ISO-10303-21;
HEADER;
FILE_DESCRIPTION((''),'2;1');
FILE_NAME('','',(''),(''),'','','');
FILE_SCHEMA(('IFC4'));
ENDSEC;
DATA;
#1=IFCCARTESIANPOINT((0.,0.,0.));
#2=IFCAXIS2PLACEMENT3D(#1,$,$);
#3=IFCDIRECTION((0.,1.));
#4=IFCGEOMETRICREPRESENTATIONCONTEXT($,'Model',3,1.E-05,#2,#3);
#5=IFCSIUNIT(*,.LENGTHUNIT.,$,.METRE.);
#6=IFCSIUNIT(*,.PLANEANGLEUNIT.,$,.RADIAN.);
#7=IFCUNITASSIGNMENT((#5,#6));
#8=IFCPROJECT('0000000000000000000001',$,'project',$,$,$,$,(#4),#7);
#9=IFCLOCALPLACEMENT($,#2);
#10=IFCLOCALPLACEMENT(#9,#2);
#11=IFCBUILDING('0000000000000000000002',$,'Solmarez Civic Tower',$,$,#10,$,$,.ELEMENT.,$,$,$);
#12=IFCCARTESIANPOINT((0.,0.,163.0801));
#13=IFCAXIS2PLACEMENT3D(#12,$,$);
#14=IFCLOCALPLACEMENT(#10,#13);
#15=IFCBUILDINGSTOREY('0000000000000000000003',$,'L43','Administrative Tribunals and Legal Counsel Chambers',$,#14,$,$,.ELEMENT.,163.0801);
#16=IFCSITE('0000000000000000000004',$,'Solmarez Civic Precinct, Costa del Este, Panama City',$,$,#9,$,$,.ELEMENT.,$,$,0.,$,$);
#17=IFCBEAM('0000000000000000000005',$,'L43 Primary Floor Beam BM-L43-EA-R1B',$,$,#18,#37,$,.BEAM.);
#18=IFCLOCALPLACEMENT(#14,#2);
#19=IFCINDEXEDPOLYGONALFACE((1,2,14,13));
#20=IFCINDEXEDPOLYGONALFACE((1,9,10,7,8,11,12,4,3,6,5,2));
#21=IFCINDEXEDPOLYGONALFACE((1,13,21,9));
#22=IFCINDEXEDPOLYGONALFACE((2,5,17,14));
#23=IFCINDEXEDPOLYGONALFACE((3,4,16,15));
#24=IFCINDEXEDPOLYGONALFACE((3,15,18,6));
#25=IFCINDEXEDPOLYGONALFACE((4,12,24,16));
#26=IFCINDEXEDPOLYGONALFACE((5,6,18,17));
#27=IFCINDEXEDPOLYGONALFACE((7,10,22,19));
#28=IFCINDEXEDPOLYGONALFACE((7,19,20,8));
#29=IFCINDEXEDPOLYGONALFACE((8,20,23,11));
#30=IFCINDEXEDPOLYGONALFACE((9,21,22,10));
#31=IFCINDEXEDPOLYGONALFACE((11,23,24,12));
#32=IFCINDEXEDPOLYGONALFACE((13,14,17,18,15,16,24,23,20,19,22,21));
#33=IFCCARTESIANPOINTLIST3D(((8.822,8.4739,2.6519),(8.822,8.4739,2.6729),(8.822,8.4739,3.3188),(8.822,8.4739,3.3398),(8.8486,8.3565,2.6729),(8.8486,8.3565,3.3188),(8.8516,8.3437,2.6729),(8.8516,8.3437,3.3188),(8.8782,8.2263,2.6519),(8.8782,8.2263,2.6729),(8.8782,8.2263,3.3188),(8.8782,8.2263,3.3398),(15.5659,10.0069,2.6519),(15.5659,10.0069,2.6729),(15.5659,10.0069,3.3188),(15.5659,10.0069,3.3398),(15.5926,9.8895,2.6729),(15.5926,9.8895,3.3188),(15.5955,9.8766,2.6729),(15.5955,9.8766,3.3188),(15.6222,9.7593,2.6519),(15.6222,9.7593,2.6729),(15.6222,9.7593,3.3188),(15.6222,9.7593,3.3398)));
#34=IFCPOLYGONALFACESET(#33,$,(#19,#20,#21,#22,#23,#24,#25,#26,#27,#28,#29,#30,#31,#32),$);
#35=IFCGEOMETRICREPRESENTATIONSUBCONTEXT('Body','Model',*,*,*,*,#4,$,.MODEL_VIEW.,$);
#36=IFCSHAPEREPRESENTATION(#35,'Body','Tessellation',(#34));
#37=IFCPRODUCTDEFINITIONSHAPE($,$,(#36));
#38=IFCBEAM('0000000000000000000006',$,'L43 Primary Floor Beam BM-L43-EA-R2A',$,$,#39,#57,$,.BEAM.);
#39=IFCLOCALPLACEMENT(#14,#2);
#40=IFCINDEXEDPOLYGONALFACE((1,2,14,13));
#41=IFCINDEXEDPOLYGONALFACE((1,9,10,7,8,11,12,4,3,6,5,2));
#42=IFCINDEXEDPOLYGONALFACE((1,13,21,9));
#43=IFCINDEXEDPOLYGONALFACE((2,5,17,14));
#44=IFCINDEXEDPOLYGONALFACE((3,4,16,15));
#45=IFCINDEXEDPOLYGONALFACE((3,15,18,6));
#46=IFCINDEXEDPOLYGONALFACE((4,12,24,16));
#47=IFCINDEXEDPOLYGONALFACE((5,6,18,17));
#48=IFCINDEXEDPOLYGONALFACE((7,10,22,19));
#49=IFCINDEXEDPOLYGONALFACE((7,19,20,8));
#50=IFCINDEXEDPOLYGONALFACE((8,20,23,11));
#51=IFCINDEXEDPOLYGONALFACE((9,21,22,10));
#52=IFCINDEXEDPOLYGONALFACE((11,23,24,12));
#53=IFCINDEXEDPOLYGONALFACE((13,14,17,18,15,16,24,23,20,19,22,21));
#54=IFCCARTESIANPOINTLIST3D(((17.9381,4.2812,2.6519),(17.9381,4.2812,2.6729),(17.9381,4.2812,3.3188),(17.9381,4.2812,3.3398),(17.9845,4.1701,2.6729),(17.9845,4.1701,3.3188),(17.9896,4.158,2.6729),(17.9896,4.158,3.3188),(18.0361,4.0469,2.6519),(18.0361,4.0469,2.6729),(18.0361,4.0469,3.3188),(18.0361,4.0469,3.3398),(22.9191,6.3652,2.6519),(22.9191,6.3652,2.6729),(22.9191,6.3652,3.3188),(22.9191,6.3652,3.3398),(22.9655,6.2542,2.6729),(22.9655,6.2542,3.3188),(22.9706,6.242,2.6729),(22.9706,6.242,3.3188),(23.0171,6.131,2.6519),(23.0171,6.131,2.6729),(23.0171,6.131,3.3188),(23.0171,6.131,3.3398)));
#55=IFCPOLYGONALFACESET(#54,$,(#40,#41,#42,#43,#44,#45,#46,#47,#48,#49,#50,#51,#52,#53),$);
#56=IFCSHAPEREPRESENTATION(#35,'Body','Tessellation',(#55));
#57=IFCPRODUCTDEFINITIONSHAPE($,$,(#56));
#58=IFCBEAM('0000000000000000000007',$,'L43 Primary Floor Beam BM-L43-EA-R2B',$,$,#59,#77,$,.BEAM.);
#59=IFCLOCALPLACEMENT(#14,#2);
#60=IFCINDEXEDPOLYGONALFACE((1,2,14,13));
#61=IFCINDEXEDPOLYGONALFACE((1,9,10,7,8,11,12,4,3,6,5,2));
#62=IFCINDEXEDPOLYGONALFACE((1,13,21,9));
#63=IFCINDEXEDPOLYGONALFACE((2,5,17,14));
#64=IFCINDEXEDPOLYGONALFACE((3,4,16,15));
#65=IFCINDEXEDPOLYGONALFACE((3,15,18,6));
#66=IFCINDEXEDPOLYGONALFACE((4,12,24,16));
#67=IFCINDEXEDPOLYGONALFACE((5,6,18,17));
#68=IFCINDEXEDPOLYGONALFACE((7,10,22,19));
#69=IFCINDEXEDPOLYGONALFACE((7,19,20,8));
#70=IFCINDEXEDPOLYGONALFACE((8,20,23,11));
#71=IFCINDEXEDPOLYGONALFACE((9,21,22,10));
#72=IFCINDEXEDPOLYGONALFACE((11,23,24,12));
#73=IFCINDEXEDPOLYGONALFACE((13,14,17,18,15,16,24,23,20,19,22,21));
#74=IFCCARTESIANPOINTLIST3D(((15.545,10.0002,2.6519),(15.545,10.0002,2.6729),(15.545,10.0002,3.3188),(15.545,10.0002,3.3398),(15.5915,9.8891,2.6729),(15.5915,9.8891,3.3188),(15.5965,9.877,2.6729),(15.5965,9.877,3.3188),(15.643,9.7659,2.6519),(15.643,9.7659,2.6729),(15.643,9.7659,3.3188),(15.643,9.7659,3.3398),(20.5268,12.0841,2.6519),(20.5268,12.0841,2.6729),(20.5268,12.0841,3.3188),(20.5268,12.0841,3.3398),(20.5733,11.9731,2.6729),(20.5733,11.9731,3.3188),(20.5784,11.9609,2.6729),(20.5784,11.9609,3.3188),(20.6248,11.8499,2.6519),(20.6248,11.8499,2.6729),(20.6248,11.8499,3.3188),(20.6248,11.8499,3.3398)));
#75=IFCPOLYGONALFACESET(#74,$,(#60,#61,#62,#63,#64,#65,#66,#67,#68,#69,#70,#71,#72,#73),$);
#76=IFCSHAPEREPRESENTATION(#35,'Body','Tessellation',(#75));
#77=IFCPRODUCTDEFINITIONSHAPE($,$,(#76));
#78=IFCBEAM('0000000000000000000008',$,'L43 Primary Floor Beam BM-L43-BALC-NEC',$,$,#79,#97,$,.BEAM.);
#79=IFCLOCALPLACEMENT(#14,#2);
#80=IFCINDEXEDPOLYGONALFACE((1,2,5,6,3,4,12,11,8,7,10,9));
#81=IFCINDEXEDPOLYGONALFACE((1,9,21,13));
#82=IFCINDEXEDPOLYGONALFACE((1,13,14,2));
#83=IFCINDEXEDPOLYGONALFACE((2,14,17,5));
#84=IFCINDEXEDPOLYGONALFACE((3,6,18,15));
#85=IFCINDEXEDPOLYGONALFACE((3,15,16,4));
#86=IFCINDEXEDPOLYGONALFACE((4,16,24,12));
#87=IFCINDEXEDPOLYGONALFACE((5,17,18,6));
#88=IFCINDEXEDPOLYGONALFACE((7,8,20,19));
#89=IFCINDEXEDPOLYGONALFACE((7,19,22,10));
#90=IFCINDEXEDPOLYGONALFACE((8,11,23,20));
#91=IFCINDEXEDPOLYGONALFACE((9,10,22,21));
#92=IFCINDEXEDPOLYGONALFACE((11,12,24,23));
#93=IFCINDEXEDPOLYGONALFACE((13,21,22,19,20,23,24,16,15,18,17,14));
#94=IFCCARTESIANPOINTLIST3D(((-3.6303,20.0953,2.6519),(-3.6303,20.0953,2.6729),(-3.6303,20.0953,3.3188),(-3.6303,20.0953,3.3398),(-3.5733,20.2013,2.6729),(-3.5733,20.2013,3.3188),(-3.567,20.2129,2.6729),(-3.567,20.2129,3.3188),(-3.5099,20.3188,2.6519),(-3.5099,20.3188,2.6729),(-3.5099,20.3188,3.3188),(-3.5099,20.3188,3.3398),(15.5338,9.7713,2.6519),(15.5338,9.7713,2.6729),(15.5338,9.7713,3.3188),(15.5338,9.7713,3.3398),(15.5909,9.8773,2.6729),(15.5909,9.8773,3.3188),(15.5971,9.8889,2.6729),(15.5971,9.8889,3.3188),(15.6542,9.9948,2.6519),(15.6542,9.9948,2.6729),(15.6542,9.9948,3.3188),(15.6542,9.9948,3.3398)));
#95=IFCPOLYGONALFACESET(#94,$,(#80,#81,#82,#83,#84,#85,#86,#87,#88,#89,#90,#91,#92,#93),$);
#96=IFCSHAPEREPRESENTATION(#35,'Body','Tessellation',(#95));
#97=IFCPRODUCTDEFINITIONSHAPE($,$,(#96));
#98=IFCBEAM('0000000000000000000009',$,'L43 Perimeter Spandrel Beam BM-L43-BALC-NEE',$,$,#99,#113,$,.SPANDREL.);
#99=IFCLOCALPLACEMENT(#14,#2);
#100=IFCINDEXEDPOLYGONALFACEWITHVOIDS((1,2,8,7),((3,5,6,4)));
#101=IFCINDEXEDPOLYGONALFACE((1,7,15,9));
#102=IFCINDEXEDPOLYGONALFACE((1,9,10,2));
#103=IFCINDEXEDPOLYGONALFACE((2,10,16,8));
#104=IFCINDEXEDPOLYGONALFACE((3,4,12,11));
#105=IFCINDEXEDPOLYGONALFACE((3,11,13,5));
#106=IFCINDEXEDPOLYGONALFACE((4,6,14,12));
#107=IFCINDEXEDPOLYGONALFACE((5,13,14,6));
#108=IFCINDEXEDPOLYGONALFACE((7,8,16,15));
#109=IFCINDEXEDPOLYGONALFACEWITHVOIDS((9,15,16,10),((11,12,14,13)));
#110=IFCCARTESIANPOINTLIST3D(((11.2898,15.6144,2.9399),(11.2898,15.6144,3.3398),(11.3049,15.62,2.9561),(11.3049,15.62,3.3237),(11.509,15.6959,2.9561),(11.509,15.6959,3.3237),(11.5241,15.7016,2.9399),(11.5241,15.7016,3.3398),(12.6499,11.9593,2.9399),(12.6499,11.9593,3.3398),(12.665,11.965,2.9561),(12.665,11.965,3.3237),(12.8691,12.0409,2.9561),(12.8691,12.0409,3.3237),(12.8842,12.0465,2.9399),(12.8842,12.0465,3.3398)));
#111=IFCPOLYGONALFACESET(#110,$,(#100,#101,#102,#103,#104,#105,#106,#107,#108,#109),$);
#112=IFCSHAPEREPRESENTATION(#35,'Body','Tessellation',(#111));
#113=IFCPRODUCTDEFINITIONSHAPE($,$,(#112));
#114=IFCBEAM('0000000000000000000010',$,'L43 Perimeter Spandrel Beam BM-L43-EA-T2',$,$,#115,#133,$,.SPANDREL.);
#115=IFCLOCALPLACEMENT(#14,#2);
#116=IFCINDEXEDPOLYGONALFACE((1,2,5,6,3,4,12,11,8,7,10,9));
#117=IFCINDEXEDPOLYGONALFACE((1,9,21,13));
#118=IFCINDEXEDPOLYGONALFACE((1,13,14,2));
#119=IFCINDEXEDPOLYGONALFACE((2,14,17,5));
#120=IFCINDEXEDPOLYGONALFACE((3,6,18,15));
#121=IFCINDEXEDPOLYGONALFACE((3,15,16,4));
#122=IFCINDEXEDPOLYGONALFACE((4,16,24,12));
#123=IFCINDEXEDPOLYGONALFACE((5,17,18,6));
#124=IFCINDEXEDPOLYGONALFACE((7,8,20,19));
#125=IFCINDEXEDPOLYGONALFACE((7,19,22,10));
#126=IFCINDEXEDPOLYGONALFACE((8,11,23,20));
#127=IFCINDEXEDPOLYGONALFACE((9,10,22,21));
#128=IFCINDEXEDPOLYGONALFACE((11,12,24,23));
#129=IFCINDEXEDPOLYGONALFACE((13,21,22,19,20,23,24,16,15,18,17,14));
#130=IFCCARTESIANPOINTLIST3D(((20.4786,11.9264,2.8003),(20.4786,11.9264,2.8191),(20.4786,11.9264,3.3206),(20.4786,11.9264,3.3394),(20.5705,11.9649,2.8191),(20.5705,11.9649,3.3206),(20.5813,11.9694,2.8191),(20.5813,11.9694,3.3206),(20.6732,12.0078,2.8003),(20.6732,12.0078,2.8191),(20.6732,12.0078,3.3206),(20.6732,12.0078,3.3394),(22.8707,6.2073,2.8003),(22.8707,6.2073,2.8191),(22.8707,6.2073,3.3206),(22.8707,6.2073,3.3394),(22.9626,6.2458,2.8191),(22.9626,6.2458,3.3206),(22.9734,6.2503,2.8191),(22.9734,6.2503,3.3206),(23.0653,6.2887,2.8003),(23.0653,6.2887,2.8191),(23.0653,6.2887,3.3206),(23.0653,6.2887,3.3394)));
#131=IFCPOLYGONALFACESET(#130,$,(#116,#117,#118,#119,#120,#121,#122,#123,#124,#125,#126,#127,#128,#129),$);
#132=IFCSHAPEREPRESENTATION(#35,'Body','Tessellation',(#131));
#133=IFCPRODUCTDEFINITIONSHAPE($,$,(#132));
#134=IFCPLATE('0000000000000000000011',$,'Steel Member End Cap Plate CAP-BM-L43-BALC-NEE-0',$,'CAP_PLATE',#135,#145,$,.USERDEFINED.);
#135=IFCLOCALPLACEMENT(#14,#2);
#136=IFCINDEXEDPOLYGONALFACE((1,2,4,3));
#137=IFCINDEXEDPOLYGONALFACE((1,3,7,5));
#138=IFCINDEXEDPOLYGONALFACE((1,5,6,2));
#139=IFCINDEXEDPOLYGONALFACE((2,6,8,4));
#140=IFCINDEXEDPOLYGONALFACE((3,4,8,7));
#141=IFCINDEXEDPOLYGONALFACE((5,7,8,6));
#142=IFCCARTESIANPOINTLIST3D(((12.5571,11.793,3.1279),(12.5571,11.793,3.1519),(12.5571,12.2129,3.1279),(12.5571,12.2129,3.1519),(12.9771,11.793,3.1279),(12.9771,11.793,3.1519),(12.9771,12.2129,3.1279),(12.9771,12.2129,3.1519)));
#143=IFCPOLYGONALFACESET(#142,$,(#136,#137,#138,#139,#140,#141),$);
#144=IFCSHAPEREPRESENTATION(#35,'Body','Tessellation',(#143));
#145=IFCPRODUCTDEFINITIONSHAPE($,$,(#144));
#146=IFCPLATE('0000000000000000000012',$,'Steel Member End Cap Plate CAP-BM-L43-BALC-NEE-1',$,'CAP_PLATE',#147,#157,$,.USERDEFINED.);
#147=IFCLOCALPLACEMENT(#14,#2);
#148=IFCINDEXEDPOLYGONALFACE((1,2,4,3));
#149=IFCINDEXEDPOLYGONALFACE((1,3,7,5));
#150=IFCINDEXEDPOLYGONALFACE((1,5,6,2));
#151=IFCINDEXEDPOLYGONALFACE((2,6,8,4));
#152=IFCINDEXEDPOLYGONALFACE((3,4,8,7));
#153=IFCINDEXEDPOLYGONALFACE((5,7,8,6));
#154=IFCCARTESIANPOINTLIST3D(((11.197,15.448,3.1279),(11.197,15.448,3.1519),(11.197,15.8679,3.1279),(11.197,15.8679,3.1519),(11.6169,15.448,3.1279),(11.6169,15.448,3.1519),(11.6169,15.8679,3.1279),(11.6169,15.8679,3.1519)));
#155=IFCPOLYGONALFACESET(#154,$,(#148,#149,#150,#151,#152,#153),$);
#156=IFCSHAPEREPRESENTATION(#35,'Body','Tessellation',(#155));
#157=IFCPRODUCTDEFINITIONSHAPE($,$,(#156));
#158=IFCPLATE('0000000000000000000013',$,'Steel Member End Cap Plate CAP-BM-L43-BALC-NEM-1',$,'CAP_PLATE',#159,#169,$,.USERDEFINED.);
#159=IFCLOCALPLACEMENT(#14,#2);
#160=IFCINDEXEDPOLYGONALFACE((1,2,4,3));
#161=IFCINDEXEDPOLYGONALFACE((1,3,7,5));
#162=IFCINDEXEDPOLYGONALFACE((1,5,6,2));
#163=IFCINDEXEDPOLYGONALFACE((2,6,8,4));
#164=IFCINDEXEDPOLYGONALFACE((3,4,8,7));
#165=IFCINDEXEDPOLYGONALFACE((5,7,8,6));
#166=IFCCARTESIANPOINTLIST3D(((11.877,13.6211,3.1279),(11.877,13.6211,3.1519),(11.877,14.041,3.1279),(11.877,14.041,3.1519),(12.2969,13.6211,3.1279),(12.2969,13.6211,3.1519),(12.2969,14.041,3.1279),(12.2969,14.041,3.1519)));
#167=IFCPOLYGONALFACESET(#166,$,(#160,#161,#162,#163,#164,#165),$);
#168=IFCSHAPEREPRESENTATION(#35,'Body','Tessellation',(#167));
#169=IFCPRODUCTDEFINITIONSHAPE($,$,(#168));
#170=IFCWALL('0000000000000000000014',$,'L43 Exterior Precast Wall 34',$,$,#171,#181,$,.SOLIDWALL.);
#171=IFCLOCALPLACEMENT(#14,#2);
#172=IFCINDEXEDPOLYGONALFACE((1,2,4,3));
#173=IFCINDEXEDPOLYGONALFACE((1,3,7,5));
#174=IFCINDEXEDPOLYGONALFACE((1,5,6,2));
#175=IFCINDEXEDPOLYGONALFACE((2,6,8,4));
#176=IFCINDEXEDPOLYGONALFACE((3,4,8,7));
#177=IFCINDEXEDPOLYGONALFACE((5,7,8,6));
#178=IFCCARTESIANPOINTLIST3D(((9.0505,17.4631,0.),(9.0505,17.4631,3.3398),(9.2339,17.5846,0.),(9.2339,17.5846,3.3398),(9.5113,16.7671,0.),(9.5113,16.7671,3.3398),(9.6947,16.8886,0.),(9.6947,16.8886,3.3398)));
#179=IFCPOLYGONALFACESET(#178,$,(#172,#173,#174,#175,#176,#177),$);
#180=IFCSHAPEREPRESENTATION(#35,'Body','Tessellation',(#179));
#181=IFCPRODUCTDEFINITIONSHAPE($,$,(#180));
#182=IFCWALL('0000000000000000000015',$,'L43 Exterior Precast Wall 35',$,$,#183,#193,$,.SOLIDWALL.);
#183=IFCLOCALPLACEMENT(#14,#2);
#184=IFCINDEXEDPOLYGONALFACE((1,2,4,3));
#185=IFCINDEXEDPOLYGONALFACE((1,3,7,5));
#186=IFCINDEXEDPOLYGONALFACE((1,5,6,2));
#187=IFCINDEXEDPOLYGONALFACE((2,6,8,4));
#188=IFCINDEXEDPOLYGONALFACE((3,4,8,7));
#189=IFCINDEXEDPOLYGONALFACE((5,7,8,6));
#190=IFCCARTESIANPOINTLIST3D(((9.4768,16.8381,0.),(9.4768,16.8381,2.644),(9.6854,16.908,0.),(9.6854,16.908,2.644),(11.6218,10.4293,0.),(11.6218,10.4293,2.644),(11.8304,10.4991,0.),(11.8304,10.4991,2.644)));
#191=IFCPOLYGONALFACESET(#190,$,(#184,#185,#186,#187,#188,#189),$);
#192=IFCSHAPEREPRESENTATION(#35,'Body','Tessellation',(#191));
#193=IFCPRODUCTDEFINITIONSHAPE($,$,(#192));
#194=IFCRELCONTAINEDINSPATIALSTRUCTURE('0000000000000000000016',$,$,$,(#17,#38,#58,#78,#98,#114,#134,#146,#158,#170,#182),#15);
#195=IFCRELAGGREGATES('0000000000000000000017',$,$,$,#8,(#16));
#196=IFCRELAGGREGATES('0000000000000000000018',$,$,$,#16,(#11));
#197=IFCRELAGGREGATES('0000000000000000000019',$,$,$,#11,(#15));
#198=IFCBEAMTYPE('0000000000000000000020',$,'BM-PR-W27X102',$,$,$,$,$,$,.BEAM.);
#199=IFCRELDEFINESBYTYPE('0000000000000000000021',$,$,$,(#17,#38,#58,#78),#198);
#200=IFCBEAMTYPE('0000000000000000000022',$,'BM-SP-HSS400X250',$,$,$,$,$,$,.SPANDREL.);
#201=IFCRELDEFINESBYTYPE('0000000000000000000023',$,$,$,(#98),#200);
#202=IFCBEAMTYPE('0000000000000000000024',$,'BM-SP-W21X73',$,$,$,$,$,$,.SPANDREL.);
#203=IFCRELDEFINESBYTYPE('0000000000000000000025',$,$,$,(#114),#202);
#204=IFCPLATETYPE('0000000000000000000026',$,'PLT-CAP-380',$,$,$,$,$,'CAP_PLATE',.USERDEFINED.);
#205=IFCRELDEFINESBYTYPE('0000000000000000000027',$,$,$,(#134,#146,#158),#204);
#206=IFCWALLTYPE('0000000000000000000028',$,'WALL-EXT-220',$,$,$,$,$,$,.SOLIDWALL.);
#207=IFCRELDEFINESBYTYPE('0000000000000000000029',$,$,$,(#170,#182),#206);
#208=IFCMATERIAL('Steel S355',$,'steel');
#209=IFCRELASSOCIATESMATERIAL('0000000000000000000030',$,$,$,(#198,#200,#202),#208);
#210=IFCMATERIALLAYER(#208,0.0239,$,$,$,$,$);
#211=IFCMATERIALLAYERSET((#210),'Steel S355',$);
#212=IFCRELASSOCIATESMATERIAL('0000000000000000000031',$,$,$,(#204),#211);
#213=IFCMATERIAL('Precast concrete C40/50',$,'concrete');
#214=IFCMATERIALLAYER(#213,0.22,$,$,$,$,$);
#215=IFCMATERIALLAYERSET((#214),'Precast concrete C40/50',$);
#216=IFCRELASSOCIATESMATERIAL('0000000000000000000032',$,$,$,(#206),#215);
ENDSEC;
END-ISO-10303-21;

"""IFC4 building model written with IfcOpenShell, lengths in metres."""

from ifc_helpers import new_model, si_unit, direction, frame, frame_2d, origin, origin_2d, place, context, subcontext, project, spatial, rectangle, hollow_rectangle, i_section, extrude, material, layer, layer_set, material_profile, profile_set, type_object, element, save


model = new_model("IFC4")

# Units and contexts
model_context = context("Model", 3, precision=1e-05, world=origin(), true_north=direction((0.0, 1.0)))
body_context = subcontext(model_context, "Body", "Model", "MODEL_VIEW")
ifc_project = project(units=[si_unit("LENGTHUNIT", "METRE"), si_unit("PLANEANGLEUNIT", "RADIAN")], contexts=[model_context])

# Site, building, storey
site_placement = place(None, origin())
site = spatial("IfcSite", under=ifc_project, at=site_placement, Name="Solmarez Civic Precinct, Costa del Este, Panama City", CompositionType="ELEMENT", RefElevation=0.0)
building_placement = place(site_placement, origin())
building = spatial("IfcBuilding", under=site, at=building_placement, Name="Solmarez Civic Tower", CompositionType="ELEMENT")
storey_placement = place(building_placement, frame((0.0, 0.0, 163.0801)))
storey = spatial("IfcBuildingStorey", under=building, at=storey_placement, Name="L43", Description="Administrative Tribunals and Legal Counsel Chambers", CompositionType="ELEMENT", Elevation=163.0801)

# Shared definitions
ifc_material_1 = material(Name="Steel S355", Category="steel")

# Beams
ifc_material_profile_1 = material_profile(ifc_material_1, i_section(OverallWidth=0.2539, OverallDepth=0.688, WebThickness=0.0132, FlangeThickness=0.021, at=origin_2d()), Name="W27X102")
ifc_profile_set_1 = profile_set([ifc_material_profile_1], Name="Steel S355")
beam_type_1 = type_object("IfcBeamType", Name="BM-PR-W27X102", PredefinedType="BEAM", material=ifc_profile_set_1)
beam_1_placement = place(storey_placement, frame((8.8501, 8.3501, 2.9958), z_axis=(0.975125, 0.221656, 0.0), x_axis=(-0.221656, 0.975125, 0.0)))
element("IfcBeam", 1, at=beam_1_placement, inside=storey, type_object=beam_type_1, Name="L43 Primary Floor Beam BM-L43-EA-R1B", PredefinedType="BEAM", context=body_context, shape_type="SweptSolid", body=[
    extrude(i_section(OverallWidth=0.2539, OverallDepth=0.688, WebThickness=0.0132, FlangeThickness=0.021, at=origin_2d()), origin(), (0.0, 0.0, 1.0), 6.916),
])
beam_2_placement = place(storey_placement, frame((17.9871, 4.1641, 2.9958), z_axis=(0.922511, 0.38597, 0.0), x_axis=(-0.38597, 0.922511, 0.0)))
element("IfcBeam", 2, at=beam_2_placement, inside=storey, type_object=beam_type_1, Name="L43 Primary Floor Beam BM-L43-EA-R2A", PredefinedType="BEAM", context=body_context, shape_type="SweptSolid", body=[
    extrude(i_section(OverallWidth=0.2539, OverallDepth=0.688, WebThickness=0.0132, FlangeThickness=0.021, at=origin_2d()), origin(), (0.0, 0.0, 1.0), 5.3994),
])
beam_3_placement = place(storey_placement, frame((15.594, 9.8831, 2.9958), z_axis=(0.922538, 0.385905, 0.0), x_axis=(-0.385905, 0.922538, 0.0)))
element("IfcBeam", 3, at=beam_3_placement, inside=storey, type_object=beam_type_1, Name="L43 Primary Floor Beam BM-L43-EA-R2B", PredefinedType="BEAM", context=body_context, shape_type="SweptSolid", body=[
    extrude(i_section(OverallWidth=0.2539, OverallDepth=0.688, WebThickness=0.0132, FlangeThickness=0.021, at=origin_2d()), origin(), (0.0, 0.0, 1.0), 5.4001),
])
beam_4_placement = place(storey_placement, frame((15.594, 9.8831, 2.9958), z_axis=(-0.880378, 0.474273, 0.0), x_axis=(-0.474273, -0.880378, 0.0)))
element("IfcBeam", 4, at=beam_4_placement, inside=storey, type_object=beam_type_1, Name="L43 Primary Floor Beam BM-L43-BALC-NEC", PredefinedType="BEAM", context=body_context, shape_type="SweptSolid", body=[
    extrude(i_section(OverallWidth=0.2539, OverallDepth=0.688, WebThickness=0.0132, FlangeThickness=0.021, at=origin_2d()), origin(), (0.0, 0.0, 1.0), 21.7681),
])
ifc_material_profile_2 = material_profile(ifc_material_1, hollow_rectangle(XDim=0.25, YDim=0.3999, WallThickness=0.0161, at=origin_2d()), Name="HSS400X250X16")
ifc_profile_set_2 = profile_set([ifc_material_profile_2], Name="Steel S355")
beam_type_2 = type_object("IfcBeamType", Name="BM-SP-HSS400X250", PredefinedType="SPANDREL", material=ifc_profile_set_2)
beam_5_placement = place(storey_placement, frame((12.7671, 12.0029, 3.1399), z_axis=(-0.348755, 0.937214, 0.0), x_axis=(-0.937214, -0.348755, 0.0)))
element("IfcBeam", 5, at=beam_5_placement, inside=storey, type_object=beam_type_2, Name="L43 Perimeter Spandrel Beam BM-L43-BALC-NEE", PredefinedType="SPANDREL", context=body_context, shape_type="SweptSolid", body=[
    extrude(hollow_rectangle(XDim=0.25, YDim=0.3999, WallThickness=0.0161, at=origin_2d()), origin(), (0.0, 0.0, 1.0), 3.8999),
])
ifc_material_profile_3 = material_profile(ifc_material_1, i_section(OverallWidth=0.2109, OverallDepth=0.5391, WebThickness=0.0117, FlangeThickness=0.0188, at=origin_2d()), Name="W21X73")
ifc_profile_set_3 = profile_set([ifc_material_profile_3], Name="Steel S355")
beam_type_3 = type_object("IfcBeamType", Name="BM-SP-W21X73", PredefinedType="SPANDREL", material=ifc_profile_set_3)
beam_6_placement = place(storey_placement, frame((22.968, 6.248, 3.0698), z_axis=(-0.385876, 0.922551, 0.0), x_axis=(-0.922551, -0.385876, 0.0)))
element("IfcBeam", 6, at=beam_6_placement, inside=storey, type_object=beam_type_3, Name="L43 Perimeter Spandrel Beam BM-L43-EA-T2", PredefinedType="SPANDREL", context=body_context, shape_type="SweptSolid", body=[
    extrude(i_section(OverallWidth=0.2109, OverallDepth=0.5391, WebThickness=0.0117, FlangeThickness=0.0188, at=origin_2d()), origin(), (0.0, 0.0, 1.0), 6.1992),
])

# Plates
ifc_layer_1 = layer(ifc_material_1, 0.0239)
ifc_layer_set_1 = layer_set([ifc_layer_1], Name="Steel S355")
plate_type = type_object("IfcPlateType", Name="PLT-CAP-380", ElementType="CAP_PLATE", PredefinedType="USERDEFINED", material=ifc_layer_set_1)
for number, where, z_axis, x_axis, name in (
    (7, (12.7671, 12.0029, 3.1279), (0.0, 0.0, 1.0), (1.0, 0.0, 0.0), "Steel Member End Cap Plate CAP-BM-L43-BALC-NEE-0"),
    (8, (11.407, 15.658, 3.1279), (0.0, 0.0, 1.0), (1.0, 0.0, 0.0), "Steel Member End Cap Plate CAP-BM-L43-BALC-NEE-1"),
    (9, (12.0869, 13.8311, 3.1279), (0.0, 0.0, 1.0), (1.0, 0.0, 0.0), "Steel Member End Cap Plate CAP-BM-L43-BALC-NEM-1"),
):
    element("IfcPlate", number, at=place(storey_placement, frame(where, z_axis=z_axis, x_axis=x_axis)), inside=storey, type_object=plate_type, Name=name, ObjectType="CAP_PLATE", PredefinedType="USERDEFINED", context=body_context, shape_type="SweptSolid", body=[
        extrude(rectangle(XDim=0.4199, YDim=0.4199, at=origin_2d()), origin(), (0.0, 0.0, 1.0), 0.0239),
    ])

# Walls
ifc_material_2 = material(Name="Precast concrete C40/50", Category="concrete")
ifc_layer_2 = layer(ifc_material_2, 0.22)
ifc_layer_set_2 = layer_set([ifc_layer_2], Name="Precast concrete C40/50")
wall_type_1 = type_object("IfcWallType", Name="WALL-EXT-220", PredefinedType="SOLIDWALL", material=ifc_layer_set_2)
wall_1_placement = place(storey_placement, frame((9.1421, 17.5239, 0.0), z_axis=(0.0, 0.0, 1.0), x_axis=(0.552133, -0.833756, 0.0)))
element("IfcWall", 10, at=wall_1_placement, inside=storey, type_object=wall_type_1, Name="L43 Exterior Precast Wall 34", PredefinedType="SOLIDWALL", context=body_context, shape_type="SweptSolid", body=[
    extrude(rectangle(XDim=0.8347, YDim=0.22, at=frame_2d((0.4175, 0.0))), origin(), (0.0, 0.0, 1.0), 3.3398),
])
wall_2_placement = place(storey_placement, frame((9.5811, 16.873, 0.0), z_axis=(0.0, 0.0, 1.0), x_axis=(0.317387, -0.948296, 0.0)))
element("IfcWall", 11, at=wall_2_placement, inside=storey, type_object=wall_type_1, Name="L43 Exterior Precast Wall 35", PredefinedType="SOLIDWALL", context=body_context, shape_type="SweptSolid", body=[
    extrude(rectangle(XDim=6.7583, YDim=0.22, at=frame_2d((3.3792, 0.0))), origin(), (0.0, 0.0, 1.0), 2.644),
])

save(model, "model.ifc")
